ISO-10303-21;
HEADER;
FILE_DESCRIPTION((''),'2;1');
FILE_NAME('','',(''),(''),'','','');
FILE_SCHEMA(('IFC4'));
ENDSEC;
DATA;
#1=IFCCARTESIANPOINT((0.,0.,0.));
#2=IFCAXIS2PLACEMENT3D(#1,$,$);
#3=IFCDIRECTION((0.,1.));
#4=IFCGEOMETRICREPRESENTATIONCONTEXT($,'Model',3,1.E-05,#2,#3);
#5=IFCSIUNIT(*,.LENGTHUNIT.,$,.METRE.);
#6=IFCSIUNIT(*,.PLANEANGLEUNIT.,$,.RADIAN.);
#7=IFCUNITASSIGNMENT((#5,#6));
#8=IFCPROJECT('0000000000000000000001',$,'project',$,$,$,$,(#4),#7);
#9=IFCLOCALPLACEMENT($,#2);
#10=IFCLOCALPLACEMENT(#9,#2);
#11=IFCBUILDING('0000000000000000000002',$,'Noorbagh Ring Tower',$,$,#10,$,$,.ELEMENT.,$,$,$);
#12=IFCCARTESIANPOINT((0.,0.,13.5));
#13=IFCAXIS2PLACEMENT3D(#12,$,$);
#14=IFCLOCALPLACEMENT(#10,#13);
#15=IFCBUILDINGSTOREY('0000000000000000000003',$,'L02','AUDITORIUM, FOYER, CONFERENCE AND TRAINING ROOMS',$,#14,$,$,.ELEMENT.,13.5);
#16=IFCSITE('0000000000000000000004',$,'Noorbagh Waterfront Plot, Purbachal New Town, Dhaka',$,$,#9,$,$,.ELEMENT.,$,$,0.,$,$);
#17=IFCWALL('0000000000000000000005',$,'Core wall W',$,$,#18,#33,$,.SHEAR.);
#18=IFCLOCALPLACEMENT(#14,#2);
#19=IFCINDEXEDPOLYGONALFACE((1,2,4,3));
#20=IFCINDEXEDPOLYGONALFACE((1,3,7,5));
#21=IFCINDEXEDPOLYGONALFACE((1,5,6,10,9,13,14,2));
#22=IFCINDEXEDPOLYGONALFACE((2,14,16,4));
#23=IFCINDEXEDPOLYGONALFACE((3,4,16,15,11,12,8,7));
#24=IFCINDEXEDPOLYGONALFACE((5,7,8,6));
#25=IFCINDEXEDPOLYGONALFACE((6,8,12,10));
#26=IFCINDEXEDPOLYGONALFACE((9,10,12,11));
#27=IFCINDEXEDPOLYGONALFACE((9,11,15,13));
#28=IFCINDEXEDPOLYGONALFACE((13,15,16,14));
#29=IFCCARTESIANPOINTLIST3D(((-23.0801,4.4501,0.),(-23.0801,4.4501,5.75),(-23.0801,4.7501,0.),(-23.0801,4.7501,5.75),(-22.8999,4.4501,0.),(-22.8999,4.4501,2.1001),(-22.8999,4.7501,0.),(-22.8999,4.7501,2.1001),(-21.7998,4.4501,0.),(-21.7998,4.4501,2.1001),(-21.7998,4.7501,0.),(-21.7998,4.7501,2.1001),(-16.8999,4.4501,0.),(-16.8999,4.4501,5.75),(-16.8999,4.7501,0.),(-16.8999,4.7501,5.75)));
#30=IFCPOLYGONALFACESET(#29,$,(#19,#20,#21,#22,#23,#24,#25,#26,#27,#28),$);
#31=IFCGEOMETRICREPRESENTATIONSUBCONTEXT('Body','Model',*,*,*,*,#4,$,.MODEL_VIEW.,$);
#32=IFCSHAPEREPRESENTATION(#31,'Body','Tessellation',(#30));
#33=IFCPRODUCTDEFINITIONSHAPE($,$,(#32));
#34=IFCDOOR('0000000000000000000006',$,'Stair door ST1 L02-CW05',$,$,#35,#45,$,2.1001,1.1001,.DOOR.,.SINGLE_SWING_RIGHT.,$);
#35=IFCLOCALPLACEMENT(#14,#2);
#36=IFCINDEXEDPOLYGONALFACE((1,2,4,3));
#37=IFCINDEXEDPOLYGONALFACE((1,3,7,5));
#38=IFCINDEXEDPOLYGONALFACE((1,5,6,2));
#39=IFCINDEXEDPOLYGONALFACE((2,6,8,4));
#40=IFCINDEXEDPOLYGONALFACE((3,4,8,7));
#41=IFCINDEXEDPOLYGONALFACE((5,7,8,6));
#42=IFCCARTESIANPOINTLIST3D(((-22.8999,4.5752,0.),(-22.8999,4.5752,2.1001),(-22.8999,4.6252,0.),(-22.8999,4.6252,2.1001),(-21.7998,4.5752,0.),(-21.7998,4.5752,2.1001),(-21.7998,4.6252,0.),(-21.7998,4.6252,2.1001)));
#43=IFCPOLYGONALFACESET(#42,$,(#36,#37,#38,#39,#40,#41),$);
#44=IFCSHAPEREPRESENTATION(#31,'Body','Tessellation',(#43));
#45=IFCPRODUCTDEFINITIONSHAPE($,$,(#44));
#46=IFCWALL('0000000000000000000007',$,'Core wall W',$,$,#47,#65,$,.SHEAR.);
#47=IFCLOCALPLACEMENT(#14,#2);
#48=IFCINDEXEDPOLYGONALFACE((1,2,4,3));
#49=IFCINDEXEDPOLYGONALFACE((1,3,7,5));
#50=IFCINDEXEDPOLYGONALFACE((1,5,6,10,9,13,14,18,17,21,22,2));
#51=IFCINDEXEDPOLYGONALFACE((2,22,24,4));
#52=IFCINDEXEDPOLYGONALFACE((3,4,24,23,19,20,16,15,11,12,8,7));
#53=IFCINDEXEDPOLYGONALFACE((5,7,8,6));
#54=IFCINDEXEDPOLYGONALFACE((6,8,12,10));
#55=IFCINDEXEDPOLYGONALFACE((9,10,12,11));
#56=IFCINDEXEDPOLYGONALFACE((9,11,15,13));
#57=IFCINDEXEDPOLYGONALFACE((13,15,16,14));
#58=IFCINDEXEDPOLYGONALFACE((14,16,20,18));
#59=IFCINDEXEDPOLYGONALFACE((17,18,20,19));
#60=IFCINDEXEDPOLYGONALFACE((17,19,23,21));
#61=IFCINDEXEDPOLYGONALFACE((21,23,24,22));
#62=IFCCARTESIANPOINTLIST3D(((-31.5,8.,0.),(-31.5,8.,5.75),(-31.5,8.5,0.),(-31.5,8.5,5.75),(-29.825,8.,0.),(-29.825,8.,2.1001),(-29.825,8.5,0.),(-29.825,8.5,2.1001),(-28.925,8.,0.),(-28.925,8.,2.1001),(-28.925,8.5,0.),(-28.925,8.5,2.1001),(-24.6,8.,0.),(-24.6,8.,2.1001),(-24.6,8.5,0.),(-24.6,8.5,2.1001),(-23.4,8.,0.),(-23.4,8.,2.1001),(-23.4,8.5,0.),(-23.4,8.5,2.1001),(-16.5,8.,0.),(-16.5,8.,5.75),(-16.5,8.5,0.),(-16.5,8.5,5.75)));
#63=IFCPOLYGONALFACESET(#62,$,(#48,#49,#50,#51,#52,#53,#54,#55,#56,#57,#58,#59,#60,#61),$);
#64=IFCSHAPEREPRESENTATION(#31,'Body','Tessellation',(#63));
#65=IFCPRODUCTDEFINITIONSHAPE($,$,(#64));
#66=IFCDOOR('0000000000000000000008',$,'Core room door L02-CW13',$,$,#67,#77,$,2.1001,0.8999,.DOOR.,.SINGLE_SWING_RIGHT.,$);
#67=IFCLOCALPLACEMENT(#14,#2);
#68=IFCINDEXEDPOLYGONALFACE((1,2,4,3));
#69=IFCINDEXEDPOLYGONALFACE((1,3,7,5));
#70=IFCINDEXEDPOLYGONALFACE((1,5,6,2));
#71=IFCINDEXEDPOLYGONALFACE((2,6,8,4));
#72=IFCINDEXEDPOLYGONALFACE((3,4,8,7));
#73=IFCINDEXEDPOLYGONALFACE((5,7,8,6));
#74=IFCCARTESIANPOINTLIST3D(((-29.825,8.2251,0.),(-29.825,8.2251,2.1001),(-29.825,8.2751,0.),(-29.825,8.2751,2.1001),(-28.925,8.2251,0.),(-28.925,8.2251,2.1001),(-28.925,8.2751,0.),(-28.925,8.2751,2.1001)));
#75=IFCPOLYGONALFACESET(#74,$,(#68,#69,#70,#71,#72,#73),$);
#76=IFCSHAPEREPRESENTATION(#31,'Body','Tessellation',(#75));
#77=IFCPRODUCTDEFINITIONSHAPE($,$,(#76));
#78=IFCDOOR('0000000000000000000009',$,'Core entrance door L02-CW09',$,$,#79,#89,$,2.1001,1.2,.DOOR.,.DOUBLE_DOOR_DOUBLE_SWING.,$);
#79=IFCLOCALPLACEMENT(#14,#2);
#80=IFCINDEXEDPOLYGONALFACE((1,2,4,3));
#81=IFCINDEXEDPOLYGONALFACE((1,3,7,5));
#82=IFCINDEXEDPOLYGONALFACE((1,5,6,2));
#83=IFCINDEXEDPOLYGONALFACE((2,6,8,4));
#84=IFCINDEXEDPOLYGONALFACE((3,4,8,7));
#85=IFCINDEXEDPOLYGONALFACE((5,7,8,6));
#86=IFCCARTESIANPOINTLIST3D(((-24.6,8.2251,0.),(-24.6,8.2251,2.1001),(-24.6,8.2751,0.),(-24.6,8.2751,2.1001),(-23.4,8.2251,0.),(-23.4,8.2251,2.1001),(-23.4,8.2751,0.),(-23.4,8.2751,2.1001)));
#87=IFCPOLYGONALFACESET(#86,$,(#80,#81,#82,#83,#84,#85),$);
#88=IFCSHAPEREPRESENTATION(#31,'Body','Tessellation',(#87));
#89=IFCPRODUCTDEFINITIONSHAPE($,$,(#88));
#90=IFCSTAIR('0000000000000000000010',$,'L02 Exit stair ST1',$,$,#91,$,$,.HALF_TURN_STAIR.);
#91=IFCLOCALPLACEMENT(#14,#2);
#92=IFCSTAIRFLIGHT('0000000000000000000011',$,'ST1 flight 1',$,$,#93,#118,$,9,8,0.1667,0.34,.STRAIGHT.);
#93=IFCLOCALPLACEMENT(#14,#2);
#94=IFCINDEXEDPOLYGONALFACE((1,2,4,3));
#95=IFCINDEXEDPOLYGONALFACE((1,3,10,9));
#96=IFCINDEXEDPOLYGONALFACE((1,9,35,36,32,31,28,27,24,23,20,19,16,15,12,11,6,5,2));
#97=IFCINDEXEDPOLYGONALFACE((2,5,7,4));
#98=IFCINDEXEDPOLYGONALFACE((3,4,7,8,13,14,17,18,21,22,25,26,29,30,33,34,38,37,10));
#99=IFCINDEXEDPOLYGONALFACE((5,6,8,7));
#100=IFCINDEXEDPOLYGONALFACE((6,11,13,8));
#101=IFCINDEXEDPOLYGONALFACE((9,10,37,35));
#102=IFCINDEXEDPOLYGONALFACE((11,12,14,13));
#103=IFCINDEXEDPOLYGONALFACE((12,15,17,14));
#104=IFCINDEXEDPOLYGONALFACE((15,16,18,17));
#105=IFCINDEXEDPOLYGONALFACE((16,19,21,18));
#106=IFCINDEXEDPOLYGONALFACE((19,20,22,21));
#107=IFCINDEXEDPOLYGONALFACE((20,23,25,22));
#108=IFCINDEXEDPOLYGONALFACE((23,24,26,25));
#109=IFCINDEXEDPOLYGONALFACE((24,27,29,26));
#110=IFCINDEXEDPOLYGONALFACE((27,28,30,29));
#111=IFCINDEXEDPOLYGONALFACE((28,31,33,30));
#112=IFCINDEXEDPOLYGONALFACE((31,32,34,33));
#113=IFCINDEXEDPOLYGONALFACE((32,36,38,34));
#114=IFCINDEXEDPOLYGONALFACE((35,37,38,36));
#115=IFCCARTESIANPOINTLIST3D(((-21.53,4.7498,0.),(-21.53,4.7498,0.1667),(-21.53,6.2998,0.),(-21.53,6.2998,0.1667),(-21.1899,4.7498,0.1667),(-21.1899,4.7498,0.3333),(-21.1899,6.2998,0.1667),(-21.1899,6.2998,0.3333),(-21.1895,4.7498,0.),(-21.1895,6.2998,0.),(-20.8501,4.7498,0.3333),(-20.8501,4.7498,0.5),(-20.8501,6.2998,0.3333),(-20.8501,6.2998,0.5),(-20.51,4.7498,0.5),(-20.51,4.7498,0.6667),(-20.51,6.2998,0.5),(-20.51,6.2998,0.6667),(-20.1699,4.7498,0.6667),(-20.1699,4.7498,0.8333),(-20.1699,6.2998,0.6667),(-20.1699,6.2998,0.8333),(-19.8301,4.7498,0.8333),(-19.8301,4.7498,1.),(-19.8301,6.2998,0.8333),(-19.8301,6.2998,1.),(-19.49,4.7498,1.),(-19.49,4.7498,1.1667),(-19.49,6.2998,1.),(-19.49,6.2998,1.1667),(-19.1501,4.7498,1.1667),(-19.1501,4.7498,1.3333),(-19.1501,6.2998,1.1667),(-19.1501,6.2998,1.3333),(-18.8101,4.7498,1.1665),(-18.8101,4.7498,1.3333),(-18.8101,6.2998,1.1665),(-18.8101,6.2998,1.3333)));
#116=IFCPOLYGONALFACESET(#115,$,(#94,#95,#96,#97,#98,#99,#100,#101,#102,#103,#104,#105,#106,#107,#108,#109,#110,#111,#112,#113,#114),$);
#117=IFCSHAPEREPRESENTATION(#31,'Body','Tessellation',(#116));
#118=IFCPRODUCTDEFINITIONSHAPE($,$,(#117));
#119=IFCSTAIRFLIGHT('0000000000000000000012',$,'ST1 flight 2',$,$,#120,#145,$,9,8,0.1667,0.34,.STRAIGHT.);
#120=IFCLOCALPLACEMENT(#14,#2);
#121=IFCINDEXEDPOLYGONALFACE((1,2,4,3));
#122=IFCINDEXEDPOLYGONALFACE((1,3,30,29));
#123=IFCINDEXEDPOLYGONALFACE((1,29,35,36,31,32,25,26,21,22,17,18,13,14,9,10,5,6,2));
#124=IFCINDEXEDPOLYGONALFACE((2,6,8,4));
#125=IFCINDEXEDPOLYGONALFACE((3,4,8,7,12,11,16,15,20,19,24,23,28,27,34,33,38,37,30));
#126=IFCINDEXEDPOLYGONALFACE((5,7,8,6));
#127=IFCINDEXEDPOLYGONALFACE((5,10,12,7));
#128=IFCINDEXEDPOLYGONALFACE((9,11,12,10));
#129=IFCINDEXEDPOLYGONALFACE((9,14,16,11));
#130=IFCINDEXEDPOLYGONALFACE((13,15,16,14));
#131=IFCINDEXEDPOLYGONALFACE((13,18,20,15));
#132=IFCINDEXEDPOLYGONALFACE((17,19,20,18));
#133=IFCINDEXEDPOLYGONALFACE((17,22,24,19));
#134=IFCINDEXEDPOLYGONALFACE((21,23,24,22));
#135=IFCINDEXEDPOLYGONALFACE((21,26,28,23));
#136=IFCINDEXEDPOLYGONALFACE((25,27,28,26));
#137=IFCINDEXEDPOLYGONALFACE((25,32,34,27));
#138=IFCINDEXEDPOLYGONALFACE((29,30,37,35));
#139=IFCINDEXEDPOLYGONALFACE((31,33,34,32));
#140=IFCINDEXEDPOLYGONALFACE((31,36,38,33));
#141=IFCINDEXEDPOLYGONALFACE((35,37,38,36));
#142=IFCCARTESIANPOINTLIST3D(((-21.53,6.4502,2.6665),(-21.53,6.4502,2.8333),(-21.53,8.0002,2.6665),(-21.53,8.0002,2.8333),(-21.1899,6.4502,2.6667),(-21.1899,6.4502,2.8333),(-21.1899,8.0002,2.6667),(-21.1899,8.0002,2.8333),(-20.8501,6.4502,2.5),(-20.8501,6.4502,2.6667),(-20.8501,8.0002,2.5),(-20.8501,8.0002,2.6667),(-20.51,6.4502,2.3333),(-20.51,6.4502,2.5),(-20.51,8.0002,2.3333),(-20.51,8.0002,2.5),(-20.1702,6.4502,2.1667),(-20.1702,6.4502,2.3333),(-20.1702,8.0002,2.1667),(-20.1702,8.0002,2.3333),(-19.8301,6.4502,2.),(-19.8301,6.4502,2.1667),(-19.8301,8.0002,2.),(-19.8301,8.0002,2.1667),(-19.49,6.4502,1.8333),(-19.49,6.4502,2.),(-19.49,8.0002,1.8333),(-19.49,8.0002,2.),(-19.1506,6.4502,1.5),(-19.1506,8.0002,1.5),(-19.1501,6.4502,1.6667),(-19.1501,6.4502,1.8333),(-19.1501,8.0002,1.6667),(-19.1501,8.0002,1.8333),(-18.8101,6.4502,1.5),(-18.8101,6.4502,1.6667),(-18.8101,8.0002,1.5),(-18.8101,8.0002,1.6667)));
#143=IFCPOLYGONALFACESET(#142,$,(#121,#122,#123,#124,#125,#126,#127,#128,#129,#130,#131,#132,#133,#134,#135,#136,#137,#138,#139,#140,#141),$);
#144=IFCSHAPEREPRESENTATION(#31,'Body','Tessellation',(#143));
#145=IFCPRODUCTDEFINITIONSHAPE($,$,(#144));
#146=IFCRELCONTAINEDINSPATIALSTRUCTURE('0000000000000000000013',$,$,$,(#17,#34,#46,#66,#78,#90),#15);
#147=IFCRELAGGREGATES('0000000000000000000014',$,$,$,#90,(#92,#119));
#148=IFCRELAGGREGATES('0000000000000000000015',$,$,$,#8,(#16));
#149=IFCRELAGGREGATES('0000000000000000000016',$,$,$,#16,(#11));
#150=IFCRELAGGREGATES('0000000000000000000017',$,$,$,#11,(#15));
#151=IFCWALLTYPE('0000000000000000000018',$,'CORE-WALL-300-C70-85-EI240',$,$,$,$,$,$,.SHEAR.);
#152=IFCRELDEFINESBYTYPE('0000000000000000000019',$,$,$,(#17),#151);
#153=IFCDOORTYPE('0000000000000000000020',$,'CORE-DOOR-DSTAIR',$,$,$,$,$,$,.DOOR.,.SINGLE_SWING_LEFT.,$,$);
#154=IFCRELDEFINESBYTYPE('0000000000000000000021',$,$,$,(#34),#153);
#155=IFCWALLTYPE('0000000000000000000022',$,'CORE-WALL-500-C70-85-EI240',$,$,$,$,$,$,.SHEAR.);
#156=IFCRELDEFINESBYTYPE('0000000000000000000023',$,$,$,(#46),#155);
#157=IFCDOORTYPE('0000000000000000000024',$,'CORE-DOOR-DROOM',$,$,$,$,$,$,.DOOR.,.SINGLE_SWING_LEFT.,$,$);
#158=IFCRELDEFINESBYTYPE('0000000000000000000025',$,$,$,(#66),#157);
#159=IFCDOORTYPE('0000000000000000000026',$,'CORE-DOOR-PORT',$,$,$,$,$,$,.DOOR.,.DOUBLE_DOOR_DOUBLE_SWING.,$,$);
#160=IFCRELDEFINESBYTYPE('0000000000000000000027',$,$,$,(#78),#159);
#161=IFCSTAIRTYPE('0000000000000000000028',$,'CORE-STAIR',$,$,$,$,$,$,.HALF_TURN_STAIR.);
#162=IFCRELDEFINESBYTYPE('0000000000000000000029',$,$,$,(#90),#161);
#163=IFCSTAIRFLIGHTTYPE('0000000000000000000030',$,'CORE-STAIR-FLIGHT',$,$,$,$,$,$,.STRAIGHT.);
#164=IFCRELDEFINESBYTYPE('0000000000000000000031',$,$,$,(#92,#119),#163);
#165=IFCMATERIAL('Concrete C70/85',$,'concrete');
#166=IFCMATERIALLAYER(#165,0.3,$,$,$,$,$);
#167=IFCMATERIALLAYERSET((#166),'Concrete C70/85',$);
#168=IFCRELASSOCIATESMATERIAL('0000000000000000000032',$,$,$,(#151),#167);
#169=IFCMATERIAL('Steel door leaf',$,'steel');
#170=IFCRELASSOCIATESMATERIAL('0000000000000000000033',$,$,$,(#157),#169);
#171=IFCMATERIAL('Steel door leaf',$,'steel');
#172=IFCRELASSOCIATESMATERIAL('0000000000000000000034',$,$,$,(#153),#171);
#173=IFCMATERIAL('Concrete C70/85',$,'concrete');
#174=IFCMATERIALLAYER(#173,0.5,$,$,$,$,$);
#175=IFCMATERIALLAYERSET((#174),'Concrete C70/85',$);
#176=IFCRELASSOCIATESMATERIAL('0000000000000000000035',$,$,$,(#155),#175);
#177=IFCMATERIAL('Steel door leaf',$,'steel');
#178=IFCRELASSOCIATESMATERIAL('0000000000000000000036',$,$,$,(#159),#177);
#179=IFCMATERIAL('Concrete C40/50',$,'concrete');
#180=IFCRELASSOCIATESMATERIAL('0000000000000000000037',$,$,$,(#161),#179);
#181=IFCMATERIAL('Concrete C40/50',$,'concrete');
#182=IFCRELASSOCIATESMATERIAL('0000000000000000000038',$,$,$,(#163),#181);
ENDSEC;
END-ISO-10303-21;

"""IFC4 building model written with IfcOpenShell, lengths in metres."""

from ifc_helpers import new_model, si_unit, direction, frame, frame_2d, origin, place, context, subcontext, project, spatial, polyline, rectangle, outline, extrude, material, layer, layer_set, type_object, element, fill, aggregate, save


model = new_model("IFC4")

# Units and contexts
model_context = context("Model", 3, precision=1e-05, world=origin(), true_north=direction((0.0, 1.0)))
body_context = subcontext(model_context, "Body", "Model", "MODEL_VIEW")
ifc_project = project(units=[si_unit("LENGTHUNIT", "METRE"), si_unit("PLANEANGLEUNIT", "RADIAN")], contexts=[model_context])

# Site, building, storey
site_placement = place(None, origin())
site = spatial("IfcSite", under=ifc_project, at=site_placement, Name="Noorbagh Waterfront Plot, Purbachal New Town, Dhaka", CompositionType="ELEMENT", RefElevation=0.0)
building_placement = place(site_placement, origin())
building = spatial("IfcBuilding", under=site, at=building_placement, Name="Noorbagh Ring Tower", CompositionType="ELEMENT")
storey_placement = place(building_placement, frame((0.0, 0.0, 13.5)))
storey = spatial("IfcBuildingStorey", under=building, at=storey_placement, Name="L02", Description="AUDITORIUM, FOYER, CONFERENCE AND TRAINING ROOMS", CompositionType="ELEMENT", Elevation=13.5)

# Wall, opening, door
ifc_material_1 = material(Name="Concrete C70/85", Category="concrete")
ifc_layer_1 = layer(ifc_material_1, 0.3)
ifc_layer_set_1 = layer_set([ifc_layer_1], Name="Concrete C70/85")
wall_type_1 = type_object("IfcWallType", Name="CORE-WALL-300-C70-85-EI240", PredefinedType="SHEAR", material=ifc_layer_set_1)
ifc_material_2 = material(Name="Steel door leaf", Category="steel")
door_type_1 = type_object("IfcDoorType", Name="CORE-DOOR-DROOM", OperationType="SINGLE_SWING_LEFT", PredefinedType="DOOR", material=ifc_material_2)
wall_1_placement = place(storey_placement, frame((-16.8999, 4.6001, 0.0), z_axis=(0.0, 0.0, 1.0), x_axis=(-1.0, 0.0, 0.0)))
wall_1 = element("IfcWall", 1, at=wall_1_placement, inside=storey, type_object=wall_type_1, Name="Core wall W", PredefinedType="SHEAR", context=body_context, shape_type="SweptSolid", body=[
    extrude(rectangle(XDim=6.1802, YDim=0.3, at=frame_2d((3.0901, 0.0))), origin(), (0.0, 0.0, 1.0), 5.75),
])
opening_1_placement = place(wall_1_placement, frame((4.8999, 0.0, 0.0)))
opening_1 = element("IfcOpeningElement", 2, at=opening_1_placement, cuts=wall_1, PredefinedType="OPENING", context=body_context, shape_type="SweptSolid", body=[
    extrude(rectangle(XDim=1.1001, YDim=2.1001, at=frame_2d((0.55, 1.05))), frame((0.0, 0.1602, 0.0), z_axis=(0.0, -1.0, 0.0), x_axis=(1.0, 0.0, 0.0)), (0.0, 0.0, 1.0), 0.3201),
])
ifc_material_3 = material(Name="Steel door leaf", Category="steel")
door_type_2 = type_object("IfcDoorType", Name="CORE-DOOR-DSTAIR", OperationType="SINGLE_SWING_LEFT", PredefinedType="DOOR", material=ifc_material_3)
door_1_placement = place(opening_1_placement, origin())
door_1 = element("IfcDoor", 3, at=door_1_placement, inside=storey, type_object=door_type_2, Name="Stair door ST1 L02-CW05", OperationType="SINGLE_SWING_RIGHT", OverallHeight=2.1001, OverallWidth=1.1001, PredefinedType="DOOR", context=body_context, shape_type="SweptSolid", body=[
    extrude(rectangle(XDim=1.1001, YDim=2.1001, at=frame_2d((0.55, 1.05))), frame((0.0, 0.0249, 0.0), z_axis=(0.0, -1.0, 0.0), x_axis=(1.0, 0.0, 0.0)), (0.0, 0.0, 1.0), 0.05),
])
fill(opening_1, door_1)

# Wall, openings, doors
ifc_material_4 = material(Name="Concrete C70/85", Category="concrete")
ifc_layer_2 = layer(ifc_material_4, 0.5)
ifc_layer_set_2 = layer_set([ifc_layer_2], Name="Concrete C70/85")
wall_type_2 = type_object("IfcWallType", Name="CORE-WALL-500-C70-85-EI240", PredefinedType="SHEAR", material=ifc_layer_set_2)
wall_2_placement = place(storey_placement, frame((-16.5, 8.25, 0.0), z_axis=(0.0, 0.0, 1.0), x_axis=(-1.0, 0.0, 0.0)))
wall_2 = element("IfcWall", 4, at=wall_2_placement, inside=storey, type_object=wall_type_2, Name="Core wall W", PredefinedType="SHEAR", context=body_context, shape_type="SweptSolid", body=[
    extrude(rectangle(XDim=15.0, YDim=0.5, at=frame_2d((7.5, 0.0))), origin(), (0.0, 0.0, 1.0), 5.75),
])
opening_2_placement = place(wall_2_placement, frame((6.8999, 0.0, 0.0)))
opening_2 = element("IfcOpeningElement", 5, at=opening_2_placement, cuts=wall_2, PredefinedType="OPENING", context=body_context, shape_type="SweptSolid", body=[
    extrude(rectangle(XDim=1.2, YDim=2.1001, at=frame_2d((0.6001, 1.05))), frame((0.0, 0.26, 0.0), z_axis=(0.0, -1.0, 0.0), x_axis=(1.0, 0.0, 0.0)), (0.0, 0.0, 1.0), 0.52),
])
opening_3_placement = place(wall_2_placement, frame((12.425, 0.0, 0.0)))
opening_3 = element("IfcOpeningElement", 6, at=opening_3_placement, cuts=wall_2, PredefinedType="OPENING", context=body_context, shape_type="SweptSolid", body=[
    extrude(rectangle(XDim=0.8999, YDim=2.1001, at=frame_2d((0.45, 1.05))), frame((0.0, 0.26, 0.0), z_axis=(0.0, -1.0, 0.0), x_axis=(1.0, 0.0, 0.0)), (0.0, 0.0, 1.0), 0.52),
])
door_2_placement = place(opening_3_placement, origin())
door_2 = element("IfcDoor", 7, at=door_2_placement, inside=storey, type_object=door_type_1, Name="Core room door L02-CW13", OperationType="SINGLE_SWING_RIGHT", OverallHeight=2.1001, OverallWidth=0.8999, PredefinedType="DOOR", context=body_context, shape_type="SweptSolid", body=[
    extrude(rectangle(XDim=0.8999, YDim=2.1001, at=frame_2d((0.45, 1.05))), frame((0.0, 0.0249, 0.0), z_axis=(0.0, -1.0, 0.0), x_axis=(1.0, 0.0, 0.0)), (0.0, 0.0, 1.0), 0.05),
])
fill(opening_3, door_2)
ifc_material_5 = material(Name="Steel door leaf", Category="steel")
door_type_3 = type_object("IfcDoorType", Name="CORE-DOOR-PORT", OperationType="DOUBLE_DOOR_DOUBLE_SWING", PredefinedType="DOOR", material=ifc_material_5)
door_3_placement = place(opening_2_placement, origin())
door_3 = element("IfcDoor", 8, at=door_3_placement, inside=storey, type_object=door_type_3, Name="Core entrance door L02-CW09", OperationType="DOUBLE_DOOR_DOUBLE_SWING", OverallHeight=2.1001, OverallWidth=1.2, PredefinedType="DOOR", context=body_context, shape_type="SweptSolid", body=[
    extrude(rectangle(XDim=1.2, YDim=2.1001, at=frame_2d((0.6001, 1.05))), frame((0.0, 0.0249, 0.0), z_axis=(0.0, -1.0, 0.0), x_axis=(1.0, 0.0, 0.0)), (0.0, 0.0, 1.0), 0.05),
])
fill(opening_2, door_3)

# Stair, stair flights
ifc_material_6 = material(Name="Concrete C40/50", Category="concrete")
stair_type = type_object("IfcStairType", Name="CORE-STAIR", PredefinedType="HALF_TURN_STAIR", material=ifc_material_6)
stair_placement = place(storey_placement, origin())
stair = element("IfcStair", 9, at=stair_placement, inside=storey, type_object=stair_type, Name="L02 Exit stair ST1", PredefinedType="HALF_TURN_STAIR")
ifc_material_7 = material(Name="Concrete C40/50", Category="concrete")
stair_flight_type = type_object("IfcStairFlightType", Name="CORE-STAIR-FLIGHT", PredefinedType="STRAIGHT", material=ifc_material_7)
stair_flight_1_placement = place(storey_placement, frame((-21.53, 5.5249, 0.0), z_axis=(0.0, 0.0, 1.0), x_axis=(1.0, 0.0, 0.0)))
stair_flight_1 = element("IfcStairFlight", 10, at=stair_flight_1_placement, type_object=stair_flight_type, Name="ST1 flight 1", NumberOfRisers=9, NumberOfTreads=8, PredefinedType="STRAIGHT", RiserHeight=0.1667, TreadLength=0.34, context=body_context, shape_type="SweptSolid", body=[
    extrude(outline(polyline([(0.0, 0.0), (0.0, 0.1667), (0.3401, 0.1667), (0.3401, 0.3333), (0.6799, 0.3333), (0.6799, 0.5), (1.02, 0.5), (1.02, 0.6667), (1.3601, 0.6667), (1.3601, 0.8333), (1.7, 0.8333), (1.7, 1.0), (2.04, 1.0), (2.04, 1.1667), (2.3799, 1.1667), (2.3799, 1.3333), (2.72, 1.3333), (2.72, 1.5), (2.72, 1.1665), (0.3406, 0.0), (0.0, 0.0)])), frame((0.0, 0.7749, 0.0), z_axis=(0.0, -1.0, 0.0), x_axis=(1.0, 0.0, 0.0)), (0.0, 0.0, 1.0), 1.55),
])
stair_flight_2_placement = place(storey_placement, frame((-18.8101, 7.2251, 1.5), z_axis=(0.0, 0.0, 1.0), x_axis=(-1.0, 0.0, 0.0)))
stair_flight_2 = element("IfcStairFlight", 11, at=stair_flight_2_placement, type_object=stair_flight_type, Name="ST1 flight 2", NumberOfRisers=9, NumberOfTreads=8, PredefinedType="STRAIGHT", RiserHeight=0.1667, TreadLength=0.34, context=body_context, shape_type="SweptSolid", body=[
    extrude(outline(polyline([(0.0, 0.0), (0.0, 0.1667), (0.3401, 0.1667), (0.3401, 0.3333), (0.6799, 0.3333), (0.6799, 0.5), (1.02, 0.5), (1.02, 0.6667), (1.3601, 0.6667), (1.3601, 0.8333), (1.7, 0.8333), (1.7, 1.0), (2.04, 1.0), (2.04, 1.1667), (2.3799, 1.1667), (2.3799, 1.3333), (2.72, 1.3333), (2.72, 1.5), (2.72, 1.1665), (0.3406, 0.0), (0.0, 0.0)])), frame((0.0, 0.7749, 0.0), z_axis=(0.0, -1.0, 0.0), x_axis=(1.0, 0.0, 0.0)), (0.0, 0.0, 1.0), 1.55),
])
aggregate(stair, [stair_flight_1, stair_flight_2])

save(model, "model.ifc")
